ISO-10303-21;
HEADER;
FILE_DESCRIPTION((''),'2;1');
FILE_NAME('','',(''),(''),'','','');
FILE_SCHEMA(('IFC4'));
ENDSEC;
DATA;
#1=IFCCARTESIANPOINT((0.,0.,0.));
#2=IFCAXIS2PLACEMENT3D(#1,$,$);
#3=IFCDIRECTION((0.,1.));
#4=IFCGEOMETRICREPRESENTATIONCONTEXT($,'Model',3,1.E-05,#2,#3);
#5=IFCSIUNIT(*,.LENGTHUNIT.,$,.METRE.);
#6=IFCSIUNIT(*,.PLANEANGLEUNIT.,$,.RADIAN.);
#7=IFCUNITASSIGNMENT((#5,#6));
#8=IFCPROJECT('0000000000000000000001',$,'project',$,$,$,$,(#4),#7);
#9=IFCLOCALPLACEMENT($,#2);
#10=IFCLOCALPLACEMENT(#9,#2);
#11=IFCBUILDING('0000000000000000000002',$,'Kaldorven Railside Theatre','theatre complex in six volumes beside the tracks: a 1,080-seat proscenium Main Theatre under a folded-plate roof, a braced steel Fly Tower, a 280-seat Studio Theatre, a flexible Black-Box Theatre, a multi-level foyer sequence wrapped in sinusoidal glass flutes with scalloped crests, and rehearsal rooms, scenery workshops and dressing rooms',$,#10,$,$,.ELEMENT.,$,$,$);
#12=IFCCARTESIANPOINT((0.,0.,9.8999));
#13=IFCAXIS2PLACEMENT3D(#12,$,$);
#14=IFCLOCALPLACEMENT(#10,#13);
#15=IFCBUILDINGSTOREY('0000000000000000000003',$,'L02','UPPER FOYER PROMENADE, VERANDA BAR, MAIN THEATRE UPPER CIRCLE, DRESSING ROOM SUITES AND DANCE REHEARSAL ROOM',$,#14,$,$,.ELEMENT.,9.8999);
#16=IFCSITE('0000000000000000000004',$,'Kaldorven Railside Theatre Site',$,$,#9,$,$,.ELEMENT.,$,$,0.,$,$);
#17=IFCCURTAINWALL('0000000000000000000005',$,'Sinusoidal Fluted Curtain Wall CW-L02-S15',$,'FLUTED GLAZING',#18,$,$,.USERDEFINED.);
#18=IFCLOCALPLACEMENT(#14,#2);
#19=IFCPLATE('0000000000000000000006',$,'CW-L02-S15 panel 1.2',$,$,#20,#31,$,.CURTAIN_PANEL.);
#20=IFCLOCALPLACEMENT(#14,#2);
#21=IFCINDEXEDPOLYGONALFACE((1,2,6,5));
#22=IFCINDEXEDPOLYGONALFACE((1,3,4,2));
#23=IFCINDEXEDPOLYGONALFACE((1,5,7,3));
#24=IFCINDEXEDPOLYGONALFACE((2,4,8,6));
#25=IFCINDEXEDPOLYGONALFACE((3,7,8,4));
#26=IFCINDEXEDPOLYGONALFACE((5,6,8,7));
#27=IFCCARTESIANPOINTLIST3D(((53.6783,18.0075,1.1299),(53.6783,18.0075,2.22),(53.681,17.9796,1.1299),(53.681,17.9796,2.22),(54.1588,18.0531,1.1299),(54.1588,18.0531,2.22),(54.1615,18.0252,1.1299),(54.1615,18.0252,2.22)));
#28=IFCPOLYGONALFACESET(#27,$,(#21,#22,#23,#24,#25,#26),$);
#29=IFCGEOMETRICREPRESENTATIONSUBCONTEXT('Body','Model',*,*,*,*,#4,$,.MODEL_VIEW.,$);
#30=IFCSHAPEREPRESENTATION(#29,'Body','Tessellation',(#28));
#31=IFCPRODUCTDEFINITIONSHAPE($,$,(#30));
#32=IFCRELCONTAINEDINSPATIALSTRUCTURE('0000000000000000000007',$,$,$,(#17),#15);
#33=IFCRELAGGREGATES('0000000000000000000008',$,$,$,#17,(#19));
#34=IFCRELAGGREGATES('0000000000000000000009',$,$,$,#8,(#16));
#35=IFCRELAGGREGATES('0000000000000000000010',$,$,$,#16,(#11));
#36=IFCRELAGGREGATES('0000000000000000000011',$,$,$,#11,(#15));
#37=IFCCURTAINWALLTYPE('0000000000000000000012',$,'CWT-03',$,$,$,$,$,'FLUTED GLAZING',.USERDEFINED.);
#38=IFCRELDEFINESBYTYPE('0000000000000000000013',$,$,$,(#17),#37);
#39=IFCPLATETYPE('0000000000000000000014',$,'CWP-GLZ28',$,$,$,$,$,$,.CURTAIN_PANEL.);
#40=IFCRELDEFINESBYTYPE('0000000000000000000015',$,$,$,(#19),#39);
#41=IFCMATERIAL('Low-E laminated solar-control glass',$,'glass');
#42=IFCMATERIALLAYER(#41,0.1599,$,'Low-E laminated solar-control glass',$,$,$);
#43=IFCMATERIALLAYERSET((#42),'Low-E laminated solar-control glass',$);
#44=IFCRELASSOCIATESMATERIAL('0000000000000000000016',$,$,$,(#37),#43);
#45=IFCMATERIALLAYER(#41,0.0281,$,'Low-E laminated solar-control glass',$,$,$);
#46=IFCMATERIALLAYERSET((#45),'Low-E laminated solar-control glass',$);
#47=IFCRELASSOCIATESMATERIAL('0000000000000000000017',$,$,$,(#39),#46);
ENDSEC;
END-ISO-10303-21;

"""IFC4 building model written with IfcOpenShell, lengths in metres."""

from ifc_helpers import new_model, si_unit, direction, frame, origin, origin_2d, place, context, subcontext, project, spatial, rectangle, extrude, material, layer, layer_set, type_object, element, aggregate, save


model = new_model("IFC4")

# Units and contexts
model_context = context("Model", 3, precision=1e-05, world=origin(), true_north=direction((0.0, 1.0)))
body_context = subcontext(model_context, "Body", "Model", "MODEL_VIEW")
ifc_project = project(units=[si_unit("LENGTHUNIT", "METRE"), si_unit("PLANEANGLEUNIT", "RADIAN")], contexts=[model_context])

# Site, building, storey
site_placement = place(None, origin())
site = spatial("IfcSite", under=ifc_project, at=site_placement, Name="Kaldorven Railside Theatre Site", CompositionType="ELEMENT", RefElevation=0.0)
building_placement = place(site_placement, origin())
building = spatial("IfcBuilding", under=site, at=building_placement, Name="Kaldorven Railside Theatre", Description="theatre complex in six volumes beside the tracks: a 1,080-seat proscenium Main Theatre under a folded-plate roof, a braced steel Fly Tower, a 280-seat Studio Theatre, a flexible Black-Box Theatre, a multi-level foyer sequence wrapped in sinusoidal glass flutes with scalloped crests, and rehearsal rooms, scenery workshops and dressing rooms", CompositionType="ELEMENT")
storey_placement = place(building_placement, frame((0.0, 0.0, 9.8999)))
storey = spatial("IfcBuildingStorey", under=building, at=storey_placement, Name="L02", Description="UPPER FOYER PROMENADE, VERANDA BAR, MAIN THEATRE UPPER CIRCLE, DRESSING ROOM SUITES AND DANCE REHEARSAL ROOM", CompositionType="ELEMENT", Elevation=9.8999)

# Shared definitions
ifc_material_1 = material(Name="Low-E laminated solar-control glass", Category="glass")
ifc_layer_1 = layer(ifc_material_1, 0.1599, Name="Low-E laminated solar-control glass")
ifc_layer_set_1 = layer_set([ifc_layer_1], Name="Low-E laminated solar-control glass")
curtain_wall_type = type_object("IfcCurtainWallType", Name="CWT-03", ElementType="FLUTED GLAZING", PredefinedType="USERDEFINED", material=ifc_layer_set_1)

# Curtain wall
curtain_wall_1_placement = place(storey_placement, origin())
curtain_wall_1 = element("IfcCurtainWall", 1, at=curtain_wall_1_placement, inside=storey, type_object=curtain_wall_type, Name="Sinusoidal Fluted Curtain Wall CW-L02-S15", ObjectType="FLUTED GLAZING", PredefinedType="USERDEFINED")

# Plate
ifc_layer_2 = layer(ifc_material_1, 0.0281, Name="Low-E laminated solar-control glass")
ifc_layer_set_2 = layer_set([ifc_layer_2], Name="Low-E laminated solar-control glass")
plate_type = type_object("IfcPlateType", Name="CWP-GLZ28", PredefinedType="CURTAIN_PANEL", material=ifc_layer_set_2)
plate_1_placement = place(storey_placement, frame((53.9199, 18.0164, 1.1299), z_axis=(0.0, 0.0, 1.0), x_axis=(0.995526, 0.094492, 0.0)))
plate_1 = element("IfcPlate", 2, at=plate_1_placement, type_object=plate_type, Name="CW-L02-S15 panel 1.2", PredefinedType="CURTAIN_PANEL", context=body_context, shape_type="SweptSolid", body=[
    extrude(rectangle(XDim=0.4827, YDim=0.0281, at=origin_2d()), origin(), (0.0, 0.0, 1.0), 1.0901),
])
aggregate(curtain_wall_1, [plate_1])

save(model, "model.ifc")
